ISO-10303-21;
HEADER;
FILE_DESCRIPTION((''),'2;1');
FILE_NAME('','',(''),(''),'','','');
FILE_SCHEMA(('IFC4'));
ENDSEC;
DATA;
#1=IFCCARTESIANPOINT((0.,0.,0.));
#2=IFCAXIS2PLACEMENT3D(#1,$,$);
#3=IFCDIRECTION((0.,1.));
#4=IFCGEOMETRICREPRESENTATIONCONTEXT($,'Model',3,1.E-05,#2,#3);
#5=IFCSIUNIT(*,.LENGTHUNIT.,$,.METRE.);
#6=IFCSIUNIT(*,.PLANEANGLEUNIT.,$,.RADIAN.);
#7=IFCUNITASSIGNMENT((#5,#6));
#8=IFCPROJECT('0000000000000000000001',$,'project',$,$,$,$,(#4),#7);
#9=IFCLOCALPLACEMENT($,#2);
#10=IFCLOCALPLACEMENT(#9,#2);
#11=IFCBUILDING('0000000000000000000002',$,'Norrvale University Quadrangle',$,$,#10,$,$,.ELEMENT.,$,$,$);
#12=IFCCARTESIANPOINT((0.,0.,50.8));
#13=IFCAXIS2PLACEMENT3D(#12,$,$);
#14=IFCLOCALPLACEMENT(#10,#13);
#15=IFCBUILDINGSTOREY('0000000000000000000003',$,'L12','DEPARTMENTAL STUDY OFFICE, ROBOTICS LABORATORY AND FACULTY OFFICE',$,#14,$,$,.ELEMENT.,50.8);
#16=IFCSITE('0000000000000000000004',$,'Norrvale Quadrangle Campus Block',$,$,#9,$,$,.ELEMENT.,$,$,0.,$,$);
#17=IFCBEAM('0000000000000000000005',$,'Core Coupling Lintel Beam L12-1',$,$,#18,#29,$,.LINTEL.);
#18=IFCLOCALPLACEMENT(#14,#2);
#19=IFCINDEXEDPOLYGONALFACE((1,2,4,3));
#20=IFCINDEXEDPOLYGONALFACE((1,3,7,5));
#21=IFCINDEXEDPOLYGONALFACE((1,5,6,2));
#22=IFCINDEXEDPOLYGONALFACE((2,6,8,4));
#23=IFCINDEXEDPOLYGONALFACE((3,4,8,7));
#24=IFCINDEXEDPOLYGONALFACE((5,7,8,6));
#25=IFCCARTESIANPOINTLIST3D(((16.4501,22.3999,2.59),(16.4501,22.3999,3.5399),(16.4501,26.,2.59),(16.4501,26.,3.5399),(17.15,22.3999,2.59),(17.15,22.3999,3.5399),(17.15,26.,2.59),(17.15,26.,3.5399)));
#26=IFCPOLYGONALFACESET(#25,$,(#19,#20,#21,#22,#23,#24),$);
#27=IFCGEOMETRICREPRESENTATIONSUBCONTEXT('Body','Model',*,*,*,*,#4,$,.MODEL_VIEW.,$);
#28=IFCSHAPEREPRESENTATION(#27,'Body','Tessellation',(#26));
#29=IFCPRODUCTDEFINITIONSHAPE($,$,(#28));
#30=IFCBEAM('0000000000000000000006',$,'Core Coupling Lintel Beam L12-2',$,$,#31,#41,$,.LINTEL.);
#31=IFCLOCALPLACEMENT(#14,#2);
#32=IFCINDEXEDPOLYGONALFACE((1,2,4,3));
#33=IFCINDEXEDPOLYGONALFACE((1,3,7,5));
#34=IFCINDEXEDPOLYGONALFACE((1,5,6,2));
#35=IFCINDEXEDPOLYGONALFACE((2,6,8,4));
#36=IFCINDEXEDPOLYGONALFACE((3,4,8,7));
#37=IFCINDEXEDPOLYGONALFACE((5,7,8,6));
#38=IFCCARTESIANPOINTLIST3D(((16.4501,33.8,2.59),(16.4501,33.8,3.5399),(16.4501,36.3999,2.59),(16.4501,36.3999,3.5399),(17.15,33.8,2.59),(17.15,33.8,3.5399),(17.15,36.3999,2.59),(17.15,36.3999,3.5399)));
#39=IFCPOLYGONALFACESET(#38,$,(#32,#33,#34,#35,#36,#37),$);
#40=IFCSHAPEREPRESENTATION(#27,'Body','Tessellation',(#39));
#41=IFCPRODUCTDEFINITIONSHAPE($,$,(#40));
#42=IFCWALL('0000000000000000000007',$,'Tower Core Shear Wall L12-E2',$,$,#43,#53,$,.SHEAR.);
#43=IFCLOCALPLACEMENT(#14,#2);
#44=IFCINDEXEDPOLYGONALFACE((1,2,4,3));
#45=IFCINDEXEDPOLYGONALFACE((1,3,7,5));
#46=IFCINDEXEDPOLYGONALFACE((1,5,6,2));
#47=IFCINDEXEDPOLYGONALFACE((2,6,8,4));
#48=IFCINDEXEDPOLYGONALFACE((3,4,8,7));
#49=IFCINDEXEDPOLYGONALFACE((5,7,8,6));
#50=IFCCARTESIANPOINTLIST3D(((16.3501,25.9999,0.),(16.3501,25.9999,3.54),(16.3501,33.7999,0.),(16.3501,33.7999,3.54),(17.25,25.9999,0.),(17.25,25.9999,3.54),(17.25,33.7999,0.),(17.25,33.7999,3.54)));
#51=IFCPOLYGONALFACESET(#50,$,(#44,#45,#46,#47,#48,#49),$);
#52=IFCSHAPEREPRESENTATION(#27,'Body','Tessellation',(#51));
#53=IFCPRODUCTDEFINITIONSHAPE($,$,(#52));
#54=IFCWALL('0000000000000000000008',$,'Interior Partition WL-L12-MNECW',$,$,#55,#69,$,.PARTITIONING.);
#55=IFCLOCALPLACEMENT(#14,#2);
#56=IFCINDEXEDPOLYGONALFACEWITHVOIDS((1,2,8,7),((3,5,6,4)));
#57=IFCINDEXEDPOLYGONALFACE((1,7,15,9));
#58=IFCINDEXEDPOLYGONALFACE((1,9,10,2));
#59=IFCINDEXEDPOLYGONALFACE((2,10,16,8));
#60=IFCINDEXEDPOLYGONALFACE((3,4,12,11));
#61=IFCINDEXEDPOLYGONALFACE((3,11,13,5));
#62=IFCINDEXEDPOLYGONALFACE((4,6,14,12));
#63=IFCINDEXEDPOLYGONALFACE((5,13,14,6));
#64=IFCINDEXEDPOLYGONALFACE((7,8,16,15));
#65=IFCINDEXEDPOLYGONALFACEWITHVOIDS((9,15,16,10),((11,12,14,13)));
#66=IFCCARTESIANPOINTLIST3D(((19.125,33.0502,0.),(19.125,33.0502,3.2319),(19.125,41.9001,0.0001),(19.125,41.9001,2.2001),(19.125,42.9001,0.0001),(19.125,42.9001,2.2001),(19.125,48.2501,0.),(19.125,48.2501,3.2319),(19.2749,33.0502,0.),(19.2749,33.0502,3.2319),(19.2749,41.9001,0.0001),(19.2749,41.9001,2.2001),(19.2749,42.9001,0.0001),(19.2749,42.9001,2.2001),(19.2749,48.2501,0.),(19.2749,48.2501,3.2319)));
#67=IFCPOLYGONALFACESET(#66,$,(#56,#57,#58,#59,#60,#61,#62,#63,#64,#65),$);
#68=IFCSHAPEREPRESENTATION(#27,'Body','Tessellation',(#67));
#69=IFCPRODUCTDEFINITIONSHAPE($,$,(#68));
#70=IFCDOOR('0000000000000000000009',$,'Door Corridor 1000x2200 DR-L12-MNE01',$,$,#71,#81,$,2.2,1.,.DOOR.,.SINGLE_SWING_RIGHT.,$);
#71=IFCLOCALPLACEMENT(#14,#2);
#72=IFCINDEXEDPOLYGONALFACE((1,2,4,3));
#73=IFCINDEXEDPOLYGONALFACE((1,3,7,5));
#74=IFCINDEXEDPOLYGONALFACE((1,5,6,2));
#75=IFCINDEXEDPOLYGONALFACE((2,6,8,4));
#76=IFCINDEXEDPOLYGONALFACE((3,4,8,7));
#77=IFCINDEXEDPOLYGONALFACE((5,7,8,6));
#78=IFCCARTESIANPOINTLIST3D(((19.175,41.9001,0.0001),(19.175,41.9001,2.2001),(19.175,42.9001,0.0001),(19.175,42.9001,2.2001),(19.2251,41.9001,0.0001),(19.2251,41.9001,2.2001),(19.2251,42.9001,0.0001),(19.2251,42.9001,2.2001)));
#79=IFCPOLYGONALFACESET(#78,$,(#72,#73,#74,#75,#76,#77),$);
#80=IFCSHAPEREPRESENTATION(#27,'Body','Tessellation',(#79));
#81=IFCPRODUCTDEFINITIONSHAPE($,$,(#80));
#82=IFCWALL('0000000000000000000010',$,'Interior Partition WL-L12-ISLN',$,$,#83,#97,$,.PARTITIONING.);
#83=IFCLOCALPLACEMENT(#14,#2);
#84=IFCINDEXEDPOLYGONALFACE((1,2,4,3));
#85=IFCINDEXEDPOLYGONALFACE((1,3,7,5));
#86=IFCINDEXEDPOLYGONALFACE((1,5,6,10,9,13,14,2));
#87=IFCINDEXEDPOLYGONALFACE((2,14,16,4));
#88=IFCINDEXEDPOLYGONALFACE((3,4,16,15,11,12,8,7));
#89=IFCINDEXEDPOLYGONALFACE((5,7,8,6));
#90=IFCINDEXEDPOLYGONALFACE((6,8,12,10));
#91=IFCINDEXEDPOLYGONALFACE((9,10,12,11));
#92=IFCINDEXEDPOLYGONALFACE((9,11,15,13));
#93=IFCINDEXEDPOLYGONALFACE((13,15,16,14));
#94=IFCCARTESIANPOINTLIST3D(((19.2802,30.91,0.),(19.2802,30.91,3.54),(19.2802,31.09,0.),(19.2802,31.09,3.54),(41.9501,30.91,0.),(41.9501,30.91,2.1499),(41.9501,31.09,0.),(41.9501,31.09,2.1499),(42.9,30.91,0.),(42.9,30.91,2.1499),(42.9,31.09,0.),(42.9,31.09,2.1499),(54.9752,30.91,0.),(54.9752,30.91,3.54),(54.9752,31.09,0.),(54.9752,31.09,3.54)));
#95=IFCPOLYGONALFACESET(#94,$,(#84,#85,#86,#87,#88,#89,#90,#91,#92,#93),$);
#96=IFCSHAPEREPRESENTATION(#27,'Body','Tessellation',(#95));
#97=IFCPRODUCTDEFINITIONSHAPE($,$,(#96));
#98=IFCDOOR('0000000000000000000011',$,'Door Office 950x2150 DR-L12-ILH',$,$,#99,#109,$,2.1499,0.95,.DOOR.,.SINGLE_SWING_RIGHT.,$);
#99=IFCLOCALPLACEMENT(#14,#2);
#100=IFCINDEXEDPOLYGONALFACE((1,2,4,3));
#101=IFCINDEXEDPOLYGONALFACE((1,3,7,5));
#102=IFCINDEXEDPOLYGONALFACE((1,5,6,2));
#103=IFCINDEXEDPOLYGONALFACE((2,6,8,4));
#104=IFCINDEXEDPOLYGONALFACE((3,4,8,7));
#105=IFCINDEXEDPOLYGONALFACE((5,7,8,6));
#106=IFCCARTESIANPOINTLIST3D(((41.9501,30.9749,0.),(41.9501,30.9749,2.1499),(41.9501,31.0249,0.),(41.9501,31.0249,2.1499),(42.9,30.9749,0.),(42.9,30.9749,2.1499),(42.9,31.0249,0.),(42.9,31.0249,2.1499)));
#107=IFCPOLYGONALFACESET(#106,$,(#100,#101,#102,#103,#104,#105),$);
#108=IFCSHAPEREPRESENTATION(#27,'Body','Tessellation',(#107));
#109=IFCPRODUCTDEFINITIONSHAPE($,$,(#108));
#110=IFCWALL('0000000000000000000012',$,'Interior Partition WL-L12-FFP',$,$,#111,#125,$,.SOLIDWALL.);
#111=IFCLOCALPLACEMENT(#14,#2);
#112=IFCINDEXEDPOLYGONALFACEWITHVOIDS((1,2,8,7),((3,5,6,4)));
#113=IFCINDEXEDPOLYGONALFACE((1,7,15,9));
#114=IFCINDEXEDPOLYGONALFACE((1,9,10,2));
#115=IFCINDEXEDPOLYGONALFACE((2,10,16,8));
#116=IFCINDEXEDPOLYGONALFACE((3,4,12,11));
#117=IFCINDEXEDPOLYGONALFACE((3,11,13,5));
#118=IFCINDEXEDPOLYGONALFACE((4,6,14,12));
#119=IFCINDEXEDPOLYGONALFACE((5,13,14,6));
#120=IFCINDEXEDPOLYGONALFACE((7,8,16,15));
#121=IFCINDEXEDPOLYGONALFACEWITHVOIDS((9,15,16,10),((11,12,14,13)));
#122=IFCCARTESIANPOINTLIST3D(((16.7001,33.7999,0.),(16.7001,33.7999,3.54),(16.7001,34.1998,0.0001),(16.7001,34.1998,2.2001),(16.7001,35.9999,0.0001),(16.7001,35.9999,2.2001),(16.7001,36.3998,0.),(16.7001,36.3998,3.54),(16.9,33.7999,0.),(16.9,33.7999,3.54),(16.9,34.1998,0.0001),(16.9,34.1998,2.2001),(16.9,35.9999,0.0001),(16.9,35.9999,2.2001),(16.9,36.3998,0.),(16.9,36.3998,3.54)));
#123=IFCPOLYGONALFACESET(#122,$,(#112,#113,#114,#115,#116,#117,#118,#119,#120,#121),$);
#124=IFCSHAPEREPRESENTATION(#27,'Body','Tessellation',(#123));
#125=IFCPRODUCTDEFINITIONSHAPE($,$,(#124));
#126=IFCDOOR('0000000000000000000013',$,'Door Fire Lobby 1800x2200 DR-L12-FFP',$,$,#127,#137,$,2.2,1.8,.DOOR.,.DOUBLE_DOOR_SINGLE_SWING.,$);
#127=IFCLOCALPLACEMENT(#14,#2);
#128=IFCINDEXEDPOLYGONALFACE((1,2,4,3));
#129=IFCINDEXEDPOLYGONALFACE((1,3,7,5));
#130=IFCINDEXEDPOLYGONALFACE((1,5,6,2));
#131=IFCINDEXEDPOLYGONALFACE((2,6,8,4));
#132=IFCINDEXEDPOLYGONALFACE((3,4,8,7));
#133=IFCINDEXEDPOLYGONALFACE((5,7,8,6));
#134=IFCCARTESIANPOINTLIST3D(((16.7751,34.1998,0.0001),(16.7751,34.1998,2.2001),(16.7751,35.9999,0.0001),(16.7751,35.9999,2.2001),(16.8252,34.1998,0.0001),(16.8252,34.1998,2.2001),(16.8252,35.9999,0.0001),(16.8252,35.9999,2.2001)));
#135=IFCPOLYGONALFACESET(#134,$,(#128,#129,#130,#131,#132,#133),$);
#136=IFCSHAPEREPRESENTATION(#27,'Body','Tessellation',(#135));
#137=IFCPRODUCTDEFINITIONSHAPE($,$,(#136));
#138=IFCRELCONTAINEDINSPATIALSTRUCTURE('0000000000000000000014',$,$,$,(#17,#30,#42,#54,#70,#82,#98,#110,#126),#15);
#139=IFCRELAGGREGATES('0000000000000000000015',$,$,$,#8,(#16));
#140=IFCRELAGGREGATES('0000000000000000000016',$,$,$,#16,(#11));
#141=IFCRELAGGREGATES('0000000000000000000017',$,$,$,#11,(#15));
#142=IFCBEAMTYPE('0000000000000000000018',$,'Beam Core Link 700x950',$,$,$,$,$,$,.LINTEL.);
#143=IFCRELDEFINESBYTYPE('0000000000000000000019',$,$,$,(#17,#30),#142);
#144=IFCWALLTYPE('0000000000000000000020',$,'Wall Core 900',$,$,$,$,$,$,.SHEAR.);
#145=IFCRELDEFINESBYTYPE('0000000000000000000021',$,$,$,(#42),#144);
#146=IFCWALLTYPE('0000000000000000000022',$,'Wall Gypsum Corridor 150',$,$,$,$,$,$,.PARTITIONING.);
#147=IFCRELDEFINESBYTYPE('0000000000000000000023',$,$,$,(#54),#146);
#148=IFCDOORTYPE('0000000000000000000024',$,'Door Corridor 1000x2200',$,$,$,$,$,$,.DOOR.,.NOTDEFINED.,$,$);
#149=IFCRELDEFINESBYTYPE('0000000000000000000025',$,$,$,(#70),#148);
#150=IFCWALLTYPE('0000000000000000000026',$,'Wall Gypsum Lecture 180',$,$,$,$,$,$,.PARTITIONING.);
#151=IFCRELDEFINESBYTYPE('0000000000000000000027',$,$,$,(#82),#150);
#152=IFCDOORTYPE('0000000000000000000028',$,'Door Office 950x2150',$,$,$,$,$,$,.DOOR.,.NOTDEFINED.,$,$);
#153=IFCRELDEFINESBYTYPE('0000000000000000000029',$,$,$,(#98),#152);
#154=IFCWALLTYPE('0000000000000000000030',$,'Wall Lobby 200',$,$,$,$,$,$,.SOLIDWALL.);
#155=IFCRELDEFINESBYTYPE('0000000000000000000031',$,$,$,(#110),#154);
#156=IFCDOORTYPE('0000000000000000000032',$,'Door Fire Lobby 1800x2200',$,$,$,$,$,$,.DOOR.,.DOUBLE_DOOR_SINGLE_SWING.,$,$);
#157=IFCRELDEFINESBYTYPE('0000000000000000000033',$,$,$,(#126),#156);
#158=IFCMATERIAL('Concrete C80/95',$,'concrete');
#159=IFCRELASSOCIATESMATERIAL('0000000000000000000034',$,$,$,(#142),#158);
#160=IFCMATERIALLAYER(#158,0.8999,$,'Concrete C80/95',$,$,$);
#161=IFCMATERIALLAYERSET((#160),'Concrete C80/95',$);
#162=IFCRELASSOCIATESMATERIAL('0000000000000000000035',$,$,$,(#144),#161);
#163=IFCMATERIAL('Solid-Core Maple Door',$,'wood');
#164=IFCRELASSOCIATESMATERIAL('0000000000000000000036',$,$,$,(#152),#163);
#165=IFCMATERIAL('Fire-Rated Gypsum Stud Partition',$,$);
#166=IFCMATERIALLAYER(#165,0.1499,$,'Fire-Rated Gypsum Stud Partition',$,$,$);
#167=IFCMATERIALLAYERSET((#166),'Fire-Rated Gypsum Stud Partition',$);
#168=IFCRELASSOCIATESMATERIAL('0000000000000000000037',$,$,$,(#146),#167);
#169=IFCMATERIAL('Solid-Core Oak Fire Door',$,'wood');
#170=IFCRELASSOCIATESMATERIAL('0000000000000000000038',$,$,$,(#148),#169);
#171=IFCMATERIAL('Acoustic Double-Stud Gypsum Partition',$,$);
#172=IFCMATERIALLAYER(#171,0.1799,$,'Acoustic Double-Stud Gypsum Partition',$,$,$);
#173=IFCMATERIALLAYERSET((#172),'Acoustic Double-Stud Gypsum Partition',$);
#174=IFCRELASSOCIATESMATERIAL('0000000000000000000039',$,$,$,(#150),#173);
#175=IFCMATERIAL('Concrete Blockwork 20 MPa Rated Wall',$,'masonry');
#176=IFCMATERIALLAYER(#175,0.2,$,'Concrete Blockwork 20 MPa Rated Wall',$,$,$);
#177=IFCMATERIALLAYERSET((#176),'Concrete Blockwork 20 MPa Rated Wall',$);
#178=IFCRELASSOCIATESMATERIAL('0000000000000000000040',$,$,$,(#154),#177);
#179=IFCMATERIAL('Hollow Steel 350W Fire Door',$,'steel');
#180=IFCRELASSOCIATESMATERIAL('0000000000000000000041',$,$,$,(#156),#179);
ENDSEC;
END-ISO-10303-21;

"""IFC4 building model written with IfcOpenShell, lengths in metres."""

from ifc_helpers import new_model, si_unit, direction, frame, frame_2d, origin, origin_2d, place, context, subcontext, project, spatial, rectangle, extrude, material, layer, layer_set, material_profile, profile_set, type_object, element, fill, save


model = new_model("IFC4")

# Units and contexts
model_context = context("Model", 3, precision=1e-05, world=origin(), true_north=direction((0.0, 1.0)))
body_context = subcontext(model_context, "Body", "Model", "MODEL_VIEW")
ifc_project = project(units=[si_unit("LENGTHUNIT", "METRE"), si_unit("PLANEANGLEUNIT", "RADIAN")], contexts=[model_context])

# Site, building, storey
site_placement = place(None, origin())
site = spatial("IfcSite", under=ifc_project, at=site_placement, Name="Norrvale Quadrangle Campus Block", CompositionType="ELEMENT", RefElevation=0.0)
building_placement = place(site_placement, origin())
building = spatial("IfcBuilding", under=site, at=building_placement, Name="Norrvale University Quadrangle", CompositionType="ELEMENT")
storey_placement = place(building_placement, frame((0.0, 0.0, 50.8)))
storey = spatial("IfcBuildingStorey", under=building, at=storey_placement, Name="L12", Description="DEPARTMENTAL STUDY OFFICE, ROBOTICS LABORATORY AND FACULTY OFFICE", CompositionType="ELEMENT", Elevation=50.8)

# Shared definitions
ifc_material_1 = material(Name="Concrete C80/95", Category="concrete")

# Beams
ifc_material_profile_1 = material_profile(ifc_material_1, rectangle(XDim=0.7, YDim=0.95, at=origin_2d()), Name="Concrete C80/95")
ifc_profile_set_1 = profile_set([ifc_material_profile_1], Name="Concrete C80/95")
beam_type_1 = type_object("IfcBeamType", Name="Beam Core Link 700x950", PredefinedType="LINTEL", material=ifc_profile_set_1)
beam_1_placement = place(storey_placement, frame((16.8, 22.3999, 3.0649), z_axis=(0.0, 1.0, 0.0), x_axis=(-1.0, 0.0, 0.0)))
element("IfcBeam", 1, at=beam_1_placement, inside=storey, type_object=beam_type_1, Name="Core Coupling Lintel Beam L12-1", PredefinedType="LINTEL", context=body_context, shape_type="SweptSolid", body=[
    extrude(rectangle(XDim=0.7, YDim=0.95, at=origin_2d()), origin(), (0.0, 0.0, 1.0), 3.6001),
])
beam_2_placement = place(storey_placement, frame((16.8, 33.8, 3.0649), z_axis=(0.0, 1.0, 0.0), x_axis=(-1.0, 0.0, 0.0)))
element("IfcBeam", 2, at=beam_2_placement, inside=storey, type_object=beam_type_1, Name="Core Coupling Lintel Beam L12-2", PredefinedType="LINTEL", context=body_context, shape_type="SweptSolid", body=[
    extrude(rectangle(XDim=0.7, YDim=0.95, at=origin_2d()), origin(), (0.0, 0.0, 1.0), 2.5999),
])

# Wall
ifc_layer_1 = layer(ifc_material_1, 0.8999, Name="Concrete C80/95")
ifc_layer_set_1 = layer_set([ifc_layer_1], Name="Concrete C80/95")
wall_type_1 = type_object("IfcWallType", Name="Wall Core 900", PredefinedType="SHEAR", material=ifc_layer_set_1)
wall_1_placement = place(storey_placement, frame((16.8, 26.0, 0.0), z_axis=(0.0, 0.0, 1.0), x_axis=(0.0, 1.0, 0.0)))
element("IfcWall", 3, at=wall_1_placement, inside=storey, type_object=wall_type_1, Name="Tower Core Shear Wall L12-E2", PredefinedType="SHEAR", context=body_context, shape_type="SweptSolid", body=[
    extrude(rectangle(XDim=7.8, YDim=0.8999, at=frame_2d((3.8999, 0.0))), origin(), (0.0, 0.0, 1.0), 3.54),
])

# Walls, openings, doors
ifc_material_2 = material(Name="Solid-Core Maple Door", Category="wood")
door_type_1 = type_object("IfcDoorType", Name="Door Office 950x2150", OperationType="NOTDEFINED", PredefinedType="DOOR", material=ifc_material_2)
ifc_material_3 = material(Name="Fire-Rated Gypsum Stud Partition")
ifc_layer_2 = layer(ifc_material_3, 0.1499, Name="Fire-Rated Gypsum Stud Partition")
ifc_layer_set_2 = layer_set([ifc_layer_2], Name="Fire-Rated Gypsum Stud Partition")
wall_type_2 = type_object("IfcWallType", Name="Wall Gypsum Corridor 150", PredefinedType="PARTITIONING", material=ifc_layer_set_2)
wall_2_placement = place(storey_placement, frame((19.2, 33.05, 0.0), z_axis=(0.0, 0.0, 1.0), x_axis=(0.0, 1.0, 0.0)))
wall_2 = element("IfcWall", 4, at=wall_2_placement, inside=storey, type_object=wall_type_2, Name="Interior Partition WL-L12-MNECW", PredefinedType="PARTITIONING", context=body_context, shape_type="SweptSolid", body=[
    extrude(rectangle(XDim=15.2, YDim=0.1499, at=frame_2d((7.6001, 0.0))), origin(), (0.0, 0.0, 1.0), 3.2319),
])
opening_1_placement = place(wall_2_placement, frame((8.8501, 0.0, 0.0)))
opening_1 = element("IfcOpeningElement", 5, at=opening_1_placement, cuts=wall_2, PredefinedType="OPENING", context=body_context, shape_type="SweptSolid", body=[
    extrude(rectangle(XDim=1.0, YDim=2.2, at=frame_2d((0.5, 1.1001))), frame((0.0, 0.0869, 0.0), z_axis=(0.0, -1.0, 0.0), x_axis=(1.0, 0.0, 0.0)), (0.0, 0.0, 1.0), 0.1738),
])
ifc_material_4 = material(Name="Solid-Core Oak Fire Door", Category="wood")
door_type_2 = type_object("IfcDoorType", Name="Door Corridor 1000x2200", OperationType="NOTDEFINED", PredefinedType="DOOR", material=ifc_material_4)
door_1_placement = place(opening_1_placement, origin())
door_1 = element("IfcDoor", 6, at=door_1_placement, inside=storey, type_object=door_type_2, Name="Door Corridor 1000x2200 DR-L12-MNE01", OperationType="SINGLE_SWING_RIGHT", OverallHeight=2.2, OverallWidth=1.0, PredefinedType="DOOR", context=body_context, shape_type="SweptSolid", body=[
    extrude(rectangle(XDim=1.0, YDim=2.2, at=frame_2d((0.5, 1.1001))), frame((0.0, 0.0249, 0.0), z_axis=(0.0, -1.0, 0.0), x_axis=(1.0, 0.0, 0.0)), (0.0, 0.0, 1.0), 0.05),
])
fill(opening_1, door_1)
ifc_material_5 = material(Name="Acoustic Double-Stud Gypsum Partition")
ifc_layer_3 = layer(ifc_material_5, 0.1799, Name="Acoustic Double-Stud Gypsum Partition")
ifc_layer_set_3 = layer_set([ifc_layer_3], Name="Acoustic Double-Stud Gypsum Partition")
wall_type_3 = type_object("IfcWallType", Name="Wall Gypsum Lecture 180", PredefinedType="PARTITIONING", material=ifc_layer_set_3)
wall_3_placement = place(storey_placement, frame((19.28, 31.0, 0.0), z_axis=(0.0, 0.0, 1.0), x_axis=(1.0, 0.0, 0.0)))
wall_3 = element("IfcWall", 7, at=wall_3_placement, inside=storey, type_object=wall_type_3, Name="Interior Partition WL-L12-ISLN", PredefinedType="PARTITIONING", context=body_context, shape_type="SweptSolid", body=[
    extrude(rectangle(XDim=35.6951, YDim=0.1799, at=frame_2d((17.8477, 0.0))), origin(), (0.0, 0.0, 1.0), 3.54),
])
opening_2_placement = place(wall_3_placement, frame((22.6699, 0.0, 0.0)))
opening_2 = element("IfcOpeningElement", 8, at=opening_2_placement, cuts=wall_3, PredefinedType="OPENING", context=body_context, shape_type="SweptSolid", body=[
    extrude(rectangle(XDim=0.95, YDim=2.1499, at=frame_2d((0.4751, 1.075))), frame((0.0, 0.1021, 0.0), z_axis=(0.0, -1.0, 0.0), x_axis=(1.0, 0.0, 0.0)), (0.0, 0.0, 1.0), 0.2039),
])
door_2_placement = place(opening_2_placement, origin())
door_2 = element("IfcDoor", 9, at=door_2_placement, inside=storey, type_object=door_type_1, Name="Door Office 950x2150 DR-L12-ILH", OperationType="SINGLE_SWING_RIGHT", OverallHeight=2.1499, OverallWidth=0.95, PredefinedType="DOOR", context=body_context, shape_type="SweptSolid", body=[
    extrude(rectangle(XDim=0.95, YDim=2.1499, at=frame_2d((0.4751, 1.075))), frame((0.0, 0.0249, 0.0), z_axis=(0.0, -1.0, 0.0), x_axis=(1.0, 0.0, 0.0)), (0.0, 0.0, 1.0), 0.05),
])
fill(opening_2, door_2)
ifc_material_6 = material(Name="Concrete Blockwork 20 MPa Rated Wall", Category="masonry")
ifc_layer_4 = layer(ifc_material_6, 0.2, Name="Concrete Blockwork 20 MPa Rated Wall")
ifc_layer_set_4 = layer_set([ifc_layer_4], Name="Concrete Blockwork 20 MPa Rated Wall")
wall_type_4 = type_object("IfcWallType", Name="Wall Lobby 200", PredefinedType="SOLIDWALL", material=ifc_layer_set_4)
wall_4_placement = place(storey_placement, frame((16.8, 33.8, 0.0), z_axis=(0.0, 0.0, 1.0), x_axis=(0.0, 1.0, 0.0)))
wall_4 = element("IfcWall", 10, at=wall_4_placement, inside=storey, type_object=wall_type_4, Name="Interior Partition WL-L12-FFP", PredefinedType="SOLIDWALL", context=body_context, shape_type="SweptSolid", body=[
    extrude(rectangle(XDim=2.5999, YDim=0.2, at=frame_2d((1.2998, 0.0))), origin(), (0.0, 0.0, 1.0), 3.54),
])
opening_3_placement = place(wall_4_placement, frame((0.3999, 0.0, 0.0)))
opening_3 = element("IfcOpeningElement", 11, at=opening_3_placement, cuts=wall_4, PredefinedType="OPENING", context=body_context, shape_type="SweptSolid", body=[
    extrude(rectangle(XDim=1.8, YDim=2.2, at=frame_2d((0.8999, 1.1001))), frame((0.0, 0.1121, 0.0), z_axis=(0.0, -1.0, 0.0), x_axis=(1.0, 0.0, 0.0)), (0.0, 0.0, 1.0), 0.2239),
])
ifc_material_7 = material(Name="Hollow Steel 350W Fire Door", Category="steel")
door_type_3 = type_object("IfcDoorType", Name="Door Fire Lobby 1800x2200", OperationType="DOUBLE_DOOR_SINGLE_SWING", PredefinedType="DOOR", material=ifc_material_7)
door_3_placement = place(opening_3_placement, origin())
door_3 = element("IfcDoor", 12, at=door_3_placement, inside=storey, type_object=door_type_3, Name="Door Fire Lobby 1800x2200 DR-L12-FFP", OperationType="DOUBLE_DOOR_SINGLE_SWING", OverallHeight=2.2, OverallWidth=1.8, PredefinedType="DOOR", context=body_context, shape_type="SweptSolid", body=[
    extrude(rectangle(XDim=1.8, YDim=2.2, at=frame_2d((0.8999, 1.1001))), frame((0.0, 0.0249, 0.0), z_axis=(0.0, -1.0, 0.0), x_axis=(1.0, 0.0, 0.0)), (0.0, 0.0, 1.0), 0.05),
])
fill(opening_3, door_3)

save(model, "model.ifc")
